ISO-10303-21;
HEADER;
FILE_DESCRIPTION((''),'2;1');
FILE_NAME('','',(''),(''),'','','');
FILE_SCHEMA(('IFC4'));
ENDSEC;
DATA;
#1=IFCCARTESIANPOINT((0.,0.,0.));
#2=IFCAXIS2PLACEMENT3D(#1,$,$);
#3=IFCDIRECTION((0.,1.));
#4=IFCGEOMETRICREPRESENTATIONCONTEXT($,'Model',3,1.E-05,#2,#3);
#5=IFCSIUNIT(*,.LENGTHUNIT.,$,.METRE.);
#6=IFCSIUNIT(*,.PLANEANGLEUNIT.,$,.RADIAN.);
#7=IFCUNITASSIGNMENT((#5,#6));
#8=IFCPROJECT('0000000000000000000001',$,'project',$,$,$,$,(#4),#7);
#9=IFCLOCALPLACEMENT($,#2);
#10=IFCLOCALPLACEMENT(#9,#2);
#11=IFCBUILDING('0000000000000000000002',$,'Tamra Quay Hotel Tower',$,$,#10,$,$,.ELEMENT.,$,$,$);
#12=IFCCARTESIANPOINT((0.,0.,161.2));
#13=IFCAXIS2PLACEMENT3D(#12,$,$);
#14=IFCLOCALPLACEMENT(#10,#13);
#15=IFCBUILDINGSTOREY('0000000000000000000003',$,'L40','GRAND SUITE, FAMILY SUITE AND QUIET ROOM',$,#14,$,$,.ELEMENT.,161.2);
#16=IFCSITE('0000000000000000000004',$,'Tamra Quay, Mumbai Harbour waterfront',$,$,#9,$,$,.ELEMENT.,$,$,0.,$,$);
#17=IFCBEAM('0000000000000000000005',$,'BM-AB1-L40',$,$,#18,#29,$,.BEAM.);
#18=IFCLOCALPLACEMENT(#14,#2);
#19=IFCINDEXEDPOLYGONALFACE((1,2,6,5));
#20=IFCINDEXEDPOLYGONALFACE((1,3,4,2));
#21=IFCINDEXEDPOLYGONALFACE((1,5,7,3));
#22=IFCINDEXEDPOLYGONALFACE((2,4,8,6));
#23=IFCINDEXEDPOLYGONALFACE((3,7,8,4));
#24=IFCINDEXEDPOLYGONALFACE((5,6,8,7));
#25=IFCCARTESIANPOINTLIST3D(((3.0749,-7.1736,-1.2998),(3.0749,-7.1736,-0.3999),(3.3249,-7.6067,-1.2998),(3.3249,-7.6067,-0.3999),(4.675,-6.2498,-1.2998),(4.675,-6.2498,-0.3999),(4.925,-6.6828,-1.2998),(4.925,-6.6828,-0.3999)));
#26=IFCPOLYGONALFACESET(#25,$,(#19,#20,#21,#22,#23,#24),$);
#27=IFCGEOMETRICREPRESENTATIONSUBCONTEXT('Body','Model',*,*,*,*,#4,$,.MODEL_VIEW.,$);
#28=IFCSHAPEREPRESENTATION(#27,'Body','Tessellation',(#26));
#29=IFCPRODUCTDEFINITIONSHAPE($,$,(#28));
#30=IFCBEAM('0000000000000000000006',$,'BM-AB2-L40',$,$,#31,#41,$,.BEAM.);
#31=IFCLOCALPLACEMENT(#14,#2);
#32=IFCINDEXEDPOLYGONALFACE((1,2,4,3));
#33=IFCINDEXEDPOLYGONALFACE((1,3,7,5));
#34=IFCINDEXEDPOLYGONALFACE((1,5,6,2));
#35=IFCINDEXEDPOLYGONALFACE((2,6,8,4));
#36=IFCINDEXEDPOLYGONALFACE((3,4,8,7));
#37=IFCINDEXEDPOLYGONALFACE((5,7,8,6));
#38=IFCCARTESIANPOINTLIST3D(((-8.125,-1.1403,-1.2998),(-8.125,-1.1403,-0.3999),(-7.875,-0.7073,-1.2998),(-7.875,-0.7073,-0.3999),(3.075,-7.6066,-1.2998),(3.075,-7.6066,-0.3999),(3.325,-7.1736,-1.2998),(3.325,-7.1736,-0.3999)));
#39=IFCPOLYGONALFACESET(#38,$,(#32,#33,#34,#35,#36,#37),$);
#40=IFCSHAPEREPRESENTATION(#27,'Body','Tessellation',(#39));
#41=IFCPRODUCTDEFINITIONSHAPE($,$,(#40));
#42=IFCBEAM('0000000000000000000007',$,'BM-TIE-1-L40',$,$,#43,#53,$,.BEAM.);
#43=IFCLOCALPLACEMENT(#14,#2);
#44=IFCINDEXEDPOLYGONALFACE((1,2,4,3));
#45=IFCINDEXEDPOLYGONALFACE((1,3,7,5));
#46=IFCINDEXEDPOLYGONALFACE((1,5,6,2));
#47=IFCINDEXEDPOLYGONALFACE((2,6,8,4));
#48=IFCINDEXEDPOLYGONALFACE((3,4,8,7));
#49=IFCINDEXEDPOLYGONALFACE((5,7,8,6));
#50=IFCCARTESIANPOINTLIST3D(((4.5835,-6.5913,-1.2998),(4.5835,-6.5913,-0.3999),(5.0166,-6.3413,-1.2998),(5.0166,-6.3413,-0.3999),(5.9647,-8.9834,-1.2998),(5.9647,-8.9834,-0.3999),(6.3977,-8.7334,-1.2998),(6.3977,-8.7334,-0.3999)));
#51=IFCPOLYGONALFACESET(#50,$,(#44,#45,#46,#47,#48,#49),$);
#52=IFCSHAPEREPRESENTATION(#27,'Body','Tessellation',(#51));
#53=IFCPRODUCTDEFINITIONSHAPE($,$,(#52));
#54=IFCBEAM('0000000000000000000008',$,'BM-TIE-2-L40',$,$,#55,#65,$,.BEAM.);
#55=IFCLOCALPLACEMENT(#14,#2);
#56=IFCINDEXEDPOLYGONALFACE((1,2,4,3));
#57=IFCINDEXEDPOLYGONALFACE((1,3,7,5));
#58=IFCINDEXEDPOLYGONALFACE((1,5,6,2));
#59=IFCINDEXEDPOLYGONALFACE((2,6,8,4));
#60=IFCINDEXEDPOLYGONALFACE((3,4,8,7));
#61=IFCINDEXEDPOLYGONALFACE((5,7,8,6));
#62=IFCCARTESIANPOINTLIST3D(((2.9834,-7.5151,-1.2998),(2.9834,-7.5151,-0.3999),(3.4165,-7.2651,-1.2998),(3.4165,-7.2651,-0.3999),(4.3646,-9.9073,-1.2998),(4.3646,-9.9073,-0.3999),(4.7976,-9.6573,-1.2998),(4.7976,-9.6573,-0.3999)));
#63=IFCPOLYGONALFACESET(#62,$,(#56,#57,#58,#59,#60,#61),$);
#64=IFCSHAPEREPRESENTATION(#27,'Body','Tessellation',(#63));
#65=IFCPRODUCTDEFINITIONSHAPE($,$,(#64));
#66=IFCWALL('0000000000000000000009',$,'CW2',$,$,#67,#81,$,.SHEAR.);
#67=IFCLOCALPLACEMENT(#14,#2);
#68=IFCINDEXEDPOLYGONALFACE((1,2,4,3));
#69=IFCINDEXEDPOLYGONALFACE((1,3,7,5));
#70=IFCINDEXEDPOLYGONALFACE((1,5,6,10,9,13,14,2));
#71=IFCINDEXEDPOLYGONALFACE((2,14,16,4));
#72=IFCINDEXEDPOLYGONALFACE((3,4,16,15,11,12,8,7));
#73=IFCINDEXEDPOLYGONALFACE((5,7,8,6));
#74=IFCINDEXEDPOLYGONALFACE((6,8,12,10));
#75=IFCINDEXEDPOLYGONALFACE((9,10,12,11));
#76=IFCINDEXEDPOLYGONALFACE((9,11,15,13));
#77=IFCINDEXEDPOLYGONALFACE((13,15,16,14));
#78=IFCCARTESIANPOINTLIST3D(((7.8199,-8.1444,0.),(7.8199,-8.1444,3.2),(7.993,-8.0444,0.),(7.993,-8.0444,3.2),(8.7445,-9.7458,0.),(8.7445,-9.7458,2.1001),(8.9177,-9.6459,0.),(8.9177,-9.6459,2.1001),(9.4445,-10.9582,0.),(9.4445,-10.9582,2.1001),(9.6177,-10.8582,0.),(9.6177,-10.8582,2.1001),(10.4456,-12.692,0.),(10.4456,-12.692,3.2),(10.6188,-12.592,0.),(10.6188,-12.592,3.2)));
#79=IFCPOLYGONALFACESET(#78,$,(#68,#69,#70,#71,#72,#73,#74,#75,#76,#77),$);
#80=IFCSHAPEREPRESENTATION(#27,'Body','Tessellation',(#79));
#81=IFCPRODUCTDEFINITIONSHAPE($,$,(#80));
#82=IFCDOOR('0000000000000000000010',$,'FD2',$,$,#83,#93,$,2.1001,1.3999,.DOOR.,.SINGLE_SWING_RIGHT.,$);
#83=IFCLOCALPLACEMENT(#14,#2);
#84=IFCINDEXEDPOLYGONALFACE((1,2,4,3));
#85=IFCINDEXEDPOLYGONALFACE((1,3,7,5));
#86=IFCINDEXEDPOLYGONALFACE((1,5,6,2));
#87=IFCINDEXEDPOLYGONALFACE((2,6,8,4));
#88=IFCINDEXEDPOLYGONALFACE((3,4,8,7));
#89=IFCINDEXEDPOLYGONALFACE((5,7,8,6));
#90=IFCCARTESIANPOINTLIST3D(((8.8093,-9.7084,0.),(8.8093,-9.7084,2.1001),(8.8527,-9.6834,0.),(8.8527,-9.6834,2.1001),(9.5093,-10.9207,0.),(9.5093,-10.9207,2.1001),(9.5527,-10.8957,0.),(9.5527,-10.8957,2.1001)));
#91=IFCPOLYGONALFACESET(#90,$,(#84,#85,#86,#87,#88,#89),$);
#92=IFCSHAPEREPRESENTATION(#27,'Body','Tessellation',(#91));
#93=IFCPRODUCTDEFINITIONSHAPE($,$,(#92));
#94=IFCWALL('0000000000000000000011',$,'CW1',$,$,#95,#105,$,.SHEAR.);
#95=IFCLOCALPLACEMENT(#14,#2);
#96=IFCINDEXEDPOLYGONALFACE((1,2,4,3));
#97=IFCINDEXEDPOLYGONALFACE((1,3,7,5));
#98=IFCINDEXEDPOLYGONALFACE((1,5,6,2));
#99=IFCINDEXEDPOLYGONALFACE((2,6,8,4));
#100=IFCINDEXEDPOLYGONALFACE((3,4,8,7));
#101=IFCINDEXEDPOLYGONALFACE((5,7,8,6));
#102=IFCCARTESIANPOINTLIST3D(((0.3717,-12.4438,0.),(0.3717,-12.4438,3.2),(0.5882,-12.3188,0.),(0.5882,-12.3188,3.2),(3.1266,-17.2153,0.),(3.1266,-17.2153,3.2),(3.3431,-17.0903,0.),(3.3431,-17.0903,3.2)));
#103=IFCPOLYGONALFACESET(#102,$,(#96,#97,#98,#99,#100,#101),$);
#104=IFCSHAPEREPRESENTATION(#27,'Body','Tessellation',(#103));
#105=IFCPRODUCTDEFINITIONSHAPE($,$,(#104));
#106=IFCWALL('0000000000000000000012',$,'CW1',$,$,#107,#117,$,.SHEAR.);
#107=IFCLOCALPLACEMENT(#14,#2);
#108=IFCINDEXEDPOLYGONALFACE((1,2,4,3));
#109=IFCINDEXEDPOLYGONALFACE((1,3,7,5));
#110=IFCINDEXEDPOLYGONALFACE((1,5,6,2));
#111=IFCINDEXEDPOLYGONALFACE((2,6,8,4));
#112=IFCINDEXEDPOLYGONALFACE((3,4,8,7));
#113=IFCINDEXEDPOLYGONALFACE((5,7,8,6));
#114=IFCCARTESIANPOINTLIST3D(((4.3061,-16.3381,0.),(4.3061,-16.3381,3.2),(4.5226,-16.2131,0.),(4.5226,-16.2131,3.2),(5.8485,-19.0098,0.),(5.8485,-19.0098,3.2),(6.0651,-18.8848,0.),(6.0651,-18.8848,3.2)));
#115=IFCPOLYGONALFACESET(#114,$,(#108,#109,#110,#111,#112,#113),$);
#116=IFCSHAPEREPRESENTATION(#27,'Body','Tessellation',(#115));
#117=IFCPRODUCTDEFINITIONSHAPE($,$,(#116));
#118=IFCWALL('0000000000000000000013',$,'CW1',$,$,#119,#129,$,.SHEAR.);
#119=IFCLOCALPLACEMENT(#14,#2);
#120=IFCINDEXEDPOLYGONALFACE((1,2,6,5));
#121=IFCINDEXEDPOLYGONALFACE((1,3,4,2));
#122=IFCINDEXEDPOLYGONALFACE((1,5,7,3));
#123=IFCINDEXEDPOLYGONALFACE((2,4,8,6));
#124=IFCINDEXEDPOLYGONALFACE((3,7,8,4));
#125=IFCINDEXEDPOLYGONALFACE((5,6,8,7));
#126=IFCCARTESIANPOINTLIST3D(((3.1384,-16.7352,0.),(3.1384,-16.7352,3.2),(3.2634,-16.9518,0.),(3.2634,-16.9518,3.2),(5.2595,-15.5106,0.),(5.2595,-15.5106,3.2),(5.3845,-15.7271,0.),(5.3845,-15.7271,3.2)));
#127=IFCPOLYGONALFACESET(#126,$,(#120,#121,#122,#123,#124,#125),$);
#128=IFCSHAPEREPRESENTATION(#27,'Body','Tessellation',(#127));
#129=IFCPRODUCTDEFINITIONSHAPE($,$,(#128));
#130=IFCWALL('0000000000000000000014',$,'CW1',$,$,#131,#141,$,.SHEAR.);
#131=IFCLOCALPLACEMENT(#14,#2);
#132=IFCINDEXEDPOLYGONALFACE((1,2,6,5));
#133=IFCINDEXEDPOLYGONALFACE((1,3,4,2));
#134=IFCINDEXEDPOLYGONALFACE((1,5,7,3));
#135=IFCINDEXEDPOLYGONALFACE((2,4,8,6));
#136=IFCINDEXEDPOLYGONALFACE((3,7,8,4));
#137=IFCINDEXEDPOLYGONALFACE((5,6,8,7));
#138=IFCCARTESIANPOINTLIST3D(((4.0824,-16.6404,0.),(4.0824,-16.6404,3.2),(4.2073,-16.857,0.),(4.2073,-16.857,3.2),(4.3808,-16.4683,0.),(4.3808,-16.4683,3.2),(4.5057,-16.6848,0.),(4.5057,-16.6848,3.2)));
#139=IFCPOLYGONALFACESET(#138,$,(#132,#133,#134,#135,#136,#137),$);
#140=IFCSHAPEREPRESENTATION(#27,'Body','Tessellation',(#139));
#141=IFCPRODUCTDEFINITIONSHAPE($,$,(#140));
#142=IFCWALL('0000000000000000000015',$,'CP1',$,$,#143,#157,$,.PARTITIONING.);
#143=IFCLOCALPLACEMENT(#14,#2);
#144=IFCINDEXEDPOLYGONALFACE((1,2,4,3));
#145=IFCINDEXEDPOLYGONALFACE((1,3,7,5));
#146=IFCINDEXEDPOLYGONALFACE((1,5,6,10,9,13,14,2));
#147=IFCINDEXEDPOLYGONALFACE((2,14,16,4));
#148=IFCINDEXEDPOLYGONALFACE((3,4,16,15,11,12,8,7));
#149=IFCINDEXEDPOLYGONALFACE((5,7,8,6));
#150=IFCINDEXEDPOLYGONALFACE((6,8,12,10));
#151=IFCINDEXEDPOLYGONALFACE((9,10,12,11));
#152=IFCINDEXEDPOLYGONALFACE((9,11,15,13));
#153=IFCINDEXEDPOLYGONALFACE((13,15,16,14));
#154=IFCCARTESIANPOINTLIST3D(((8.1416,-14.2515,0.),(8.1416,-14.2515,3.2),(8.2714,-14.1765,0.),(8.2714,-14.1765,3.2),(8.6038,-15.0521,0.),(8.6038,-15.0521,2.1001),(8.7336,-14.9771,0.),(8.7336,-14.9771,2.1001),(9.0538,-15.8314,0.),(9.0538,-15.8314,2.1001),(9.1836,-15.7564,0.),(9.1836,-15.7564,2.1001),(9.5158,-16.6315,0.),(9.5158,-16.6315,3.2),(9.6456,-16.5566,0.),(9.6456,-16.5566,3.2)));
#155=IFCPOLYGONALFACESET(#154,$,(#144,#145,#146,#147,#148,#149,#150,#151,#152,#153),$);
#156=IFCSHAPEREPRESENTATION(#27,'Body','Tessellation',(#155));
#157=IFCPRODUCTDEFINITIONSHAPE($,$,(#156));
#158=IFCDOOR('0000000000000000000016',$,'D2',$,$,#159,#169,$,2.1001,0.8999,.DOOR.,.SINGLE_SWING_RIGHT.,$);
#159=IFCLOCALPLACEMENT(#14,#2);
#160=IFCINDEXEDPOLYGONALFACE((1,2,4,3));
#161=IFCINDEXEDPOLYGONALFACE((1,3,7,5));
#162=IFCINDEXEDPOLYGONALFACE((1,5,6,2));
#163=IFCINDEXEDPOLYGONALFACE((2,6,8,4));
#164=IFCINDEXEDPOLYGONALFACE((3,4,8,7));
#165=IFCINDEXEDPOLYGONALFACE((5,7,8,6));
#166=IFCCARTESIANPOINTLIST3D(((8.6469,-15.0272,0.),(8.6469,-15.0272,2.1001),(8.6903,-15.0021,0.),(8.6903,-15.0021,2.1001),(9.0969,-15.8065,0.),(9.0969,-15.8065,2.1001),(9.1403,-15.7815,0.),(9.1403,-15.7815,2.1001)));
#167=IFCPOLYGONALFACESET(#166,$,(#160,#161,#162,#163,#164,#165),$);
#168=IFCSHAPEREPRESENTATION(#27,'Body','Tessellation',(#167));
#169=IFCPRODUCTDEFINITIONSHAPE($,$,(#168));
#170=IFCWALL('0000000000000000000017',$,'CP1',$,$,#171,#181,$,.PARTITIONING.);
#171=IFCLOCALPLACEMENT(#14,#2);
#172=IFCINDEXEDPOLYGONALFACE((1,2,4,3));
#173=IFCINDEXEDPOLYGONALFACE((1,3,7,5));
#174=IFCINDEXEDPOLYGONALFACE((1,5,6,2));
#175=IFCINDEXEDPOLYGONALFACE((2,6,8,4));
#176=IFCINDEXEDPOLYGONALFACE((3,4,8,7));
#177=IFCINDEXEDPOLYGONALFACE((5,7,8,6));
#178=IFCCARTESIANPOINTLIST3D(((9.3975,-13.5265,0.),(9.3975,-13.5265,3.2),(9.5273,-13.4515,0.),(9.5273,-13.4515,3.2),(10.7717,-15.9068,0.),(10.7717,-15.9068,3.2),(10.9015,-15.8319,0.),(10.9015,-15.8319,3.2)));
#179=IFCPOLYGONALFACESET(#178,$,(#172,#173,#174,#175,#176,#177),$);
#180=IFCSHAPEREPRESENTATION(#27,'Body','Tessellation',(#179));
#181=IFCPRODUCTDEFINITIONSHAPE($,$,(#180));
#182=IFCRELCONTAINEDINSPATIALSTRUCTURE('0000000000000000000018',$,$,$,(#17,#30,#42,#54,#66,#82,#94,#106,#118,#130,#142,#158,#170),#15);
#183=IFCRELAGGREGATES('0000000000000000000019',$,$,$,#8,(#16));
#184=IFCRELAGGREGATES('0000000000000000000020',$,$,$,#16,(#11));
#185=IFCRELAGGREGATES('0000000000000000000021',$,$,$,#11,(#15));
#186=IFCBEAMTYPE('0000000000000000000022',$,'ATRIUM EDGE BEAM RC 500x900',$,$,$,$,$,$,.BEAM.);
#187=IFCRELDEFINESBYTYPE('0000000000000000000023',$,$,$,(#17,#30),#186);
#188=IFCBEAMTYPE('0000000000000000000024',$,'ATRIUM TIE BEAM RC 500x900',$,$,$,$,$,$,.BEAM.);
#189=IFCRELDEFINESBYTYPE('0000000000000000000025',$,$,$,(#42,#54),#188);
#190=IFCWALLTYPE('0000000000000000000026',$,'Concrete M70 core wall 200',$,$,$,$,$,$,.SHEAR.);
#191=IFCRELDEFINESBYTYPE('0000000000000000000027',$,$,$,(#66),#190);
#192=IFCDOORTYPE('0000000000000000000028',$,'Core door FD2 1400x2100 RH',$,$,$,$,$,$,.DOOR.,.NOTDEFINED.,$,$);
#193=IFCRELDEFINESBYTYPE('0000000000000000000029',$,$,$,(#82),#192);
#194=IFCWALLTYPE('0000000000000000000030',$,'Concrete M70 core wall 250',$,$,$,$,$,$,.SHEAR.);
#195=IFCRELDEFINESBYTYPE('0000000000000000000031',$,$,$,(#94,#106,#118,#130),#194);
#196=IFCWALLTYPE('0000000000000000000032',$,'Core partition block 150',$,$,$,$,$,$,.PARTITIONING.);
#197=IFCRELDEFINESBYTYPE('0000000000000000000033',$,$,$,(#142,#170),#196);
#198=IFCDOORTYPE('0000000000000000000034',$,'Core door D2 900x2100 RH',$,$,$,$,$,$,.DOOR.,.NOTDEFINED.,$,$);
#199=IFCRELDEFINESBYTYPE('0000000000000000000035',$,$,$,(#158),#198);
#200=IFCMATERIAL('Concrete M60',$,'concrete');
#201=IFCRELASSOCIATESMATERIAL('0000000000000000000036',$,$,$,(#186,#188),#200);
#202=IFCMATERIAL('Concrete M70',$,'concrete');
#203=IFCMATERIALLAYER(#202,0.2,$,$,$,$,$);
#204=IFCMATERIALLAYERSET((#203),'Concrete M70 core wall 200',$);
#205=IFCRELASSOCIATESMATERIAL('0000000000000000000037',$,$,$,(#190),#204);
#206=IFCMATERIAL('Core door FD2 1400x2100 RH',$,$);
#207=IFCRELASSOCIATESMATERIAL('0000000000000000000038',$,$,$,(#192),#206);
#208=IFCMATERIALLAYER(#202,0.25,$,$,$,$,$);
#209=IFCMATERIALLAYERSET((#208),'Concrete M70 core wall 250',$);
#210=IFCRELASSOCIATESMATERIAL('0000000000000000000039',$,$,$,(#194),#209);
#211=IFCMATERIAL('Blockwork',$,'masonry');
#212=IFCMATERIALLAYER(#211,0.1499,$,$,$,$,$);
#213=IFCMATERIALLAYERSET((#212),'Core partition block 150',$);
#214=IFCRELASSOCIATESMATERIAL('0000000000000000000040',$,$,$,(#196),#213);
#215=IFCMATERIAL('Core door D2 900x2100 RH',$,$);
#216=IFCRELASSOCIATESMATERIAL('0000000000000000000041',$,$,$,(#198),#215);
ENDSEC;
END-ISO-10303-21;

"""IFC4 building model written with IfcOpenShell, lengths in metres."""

from ifc_helpers import new_model, si_unit, direction, frame, frame_2d, origin, origin_2d, place, context, subcontext, project, spatial, rectangle, extrude, material, layer, layer_set, material_profile, profile_set, type_object, element, fill, save


model = new_model("IFC4")

# Units and contexts
model_context = context("Model", 3, precision=1e-05, world=origin(), true_north=direction((0.0, 1.0)))
body_context = subcontext(model_context, "Body", "Model", "MODEL_VIEW")
ifc_project = project(units=[si_unit("LENGTHUNIT", "METRE"), si_unit("PLANEANGLEUNIT", "RADIAN")], contexts=[model_context])

# Site, building, storey
site_placement = place(None, origin())
site = spatial("IfcSite", under=ifc_project, at=site_placement, Name="Tamra Quay, Mumbai Harbour waterfront", CompositionType="ELEMENT", RefElevation=0.0)
building_placement = place(site_placement, origin())
building = spatial("IfcBuilding", under=site, at=building_placement, Name="Tamra Quay Hotel Tower", CompositionType="ELEMENT")
storey_placement = place(building_placement, frame((0.0, 0.0, 161.2)))
storey = spatial("IfcBuildingStorey", under=building, at=storey_placement, Name="L40", Description="GRAND SUITE, FAMILY SUITE AND QUIET ROOM", CompositionType="ELEMENT", Elevation=161.2)

# Beams
ifc_material_1 = material(Name="Concrete M60", Category="concrete")
ifc_material_profile_1 = material_profile(ifc_material_1, rectangle(XDim=0.5, YDim=0.8999, at=origin_2d()), Name="ATRIUM EDGE BEAM RC 500x900")
ifc_profile_set_1 = profile_set([ifc_material_profile_1], Name="Concrete M60")
beam_type_1 = type_object("IfcBeamType", Name="ATRIUM EDGE BEAM RC 500x900", PredefinedType="BEAM", material=ifc_profile_set_1)
beam_1_placement = place(storey_placement, frame((4.8, -6.4663, -0.8499), z_axis=(-0.866023, -0.500005, 0.0), x_axis=(0.500005, -0.866023, 0.0)))
element("IfcBeam", 1, at=beam_1_placement, inside=storey, type_object=beam_type_1, Name="BM-AB1-L40", PredefinedType="BEAM", context=body_context, shape_type="SweptSolid", body=[
    extrude(rectangle(XDim=0.5, YDim=0.8999, at=origin_2d()), origin(), (0.0, 0.0, 1.0), 1.8477),
])
beam_2_placement = place(storey_placement, frame((3.2, -7.3901, -0.8499), z_axis=(-0.866025, 0.500001, 0.0), x_axis=(-0.500001, -0.866025, 0.0)))
element("IfcBeam", 2, at=beam_2_placement, inside=storey, type_object=beam_type_1, Name="BM-AB2-L40", PredefinedType="BEAM", context=body_context, shape_type="SweptSolid", body=[
    extrude(rectangle(XDim=0.5, YDim=0.8999, at=origin_2d()), origin(), (0.0, 0.0, 1.0), 12.9326),
])
ifc_material_profile_2 = material_profile(ifc_material_1, rectangle(XDim=0.5, YDim=0.8999, at=origin_2d()), Name="ATRIUM TIE BEAM RC 500x900")
ifc_profile_set_2 = profile_set([ifc_material_profile_2], Name="Concrete M60")
beam_type_2 = type_object("IfcBeamType", Name="ATRIUM TIE BEAM RC 500x900", PredefinedType="BEAM", material=ifc_profile_set_2)
for number, where, z_axis, x_axis, name in (
    (3, (4.8, -6.4663, -0.8499), (0.500008, -0.866021, 0.0), (0.866021, 0.500008, 0.0), "BM-TIE-1-L40"),
    (4, (3.2, -7.3901, -0.8499), (0.500008, -0.866021, 0.0), (0.866021, 0.500008, 0.0), "BM-TIE-2-L40"),
):
    element("IfcBeam", number, at=place(storey_placement, frame(where, z_axis=z_axis, x_axis=x_axis)), inside=storey, type_object=beam_type_2, Name=name, PredefinedType="BEAM", context=body_context, shape_type="SweptSolid", body=[
        extrude(rectangle(XDim=0.5, YDim=0.8999, at=origin_2d()), origin(), (0.0, 0.0, 1.0), 2.7622),
    ])

# Wall, opening, door
ifc_material_2 = material(Name="Concrete M70", Category="concrete")
ifc_layer_1 = layer(ifc_material_2, 0.2)
ifc_layer_set_1 = layer_set([ifc_layer_1], Name="Concrete M70 core wall 200")
wall_type_1 = type_object("IfcWallType", Name="Concrete M70 core wall 200", PredefinedType="SHEAR", material=ifc_layer_set_1)
wall_1_placement = place(storey_placement, frame((7.9065, -8.0945, 0.0), z_axis=(0.0, 0.0, 1.0), x_axis=(0.500024, -0.866011, 0.0)))
wall_1 = element("IfcWall", 5, at=wall_1_placement, inside=storey, type_object=wall_type_1, Name="CW2", PredefinedType="SHEAR", context=body_context, shape_type="SweptSolid", body=[
    extrude(rectangle(XDim=5.2512, YDim=0.2, at=frame_2d((2.6255, 0.0))), origin(), (0.0, 0.0, 1.0), 3.2),
])
opening_1_placement = place(wall_1_placement, frame((1.8491, 0.0, 0.0)))
opening_1 = element("IfcOpeningElement", 6, at=opening_1_placement, cuts=wall_1, PredefinedType="OPENING", context=body_context, shape_type="SweptSolid", body=[
    extrude(rectangle(XDim=1.3999, YDim=2.1001, at=frame_2d((0.7, 1.05))), frame((0.0, 0.1099, 0.0), z_axis=(0.0, -1.0, 0.0), x_axis=(1.0, 0.0, 0.0)), (0.0, 0.0, 1.0), 0.22),
])
ifc_material_3 = material(Name="Core door FD2 1400x2100 RH")
door_type_1 = type_object("IfcDoorType", Name="Core door FD2 1400x2100 RH", OperationType="NOTDEFINED", PredefinedType="DOOR", material=ifc_material_3)
door_1_placement = place(opening_1_placement, origin())
door_1 = element("IfcDoor", 7, at=door_1_placement, inside=storey, type_object=door_type_1, Name="FD2", OperationType="SINGLE_SWING_RIGHT", OverallHeight=2.1001, OverallWidth=1.3999, PredefinedType="DOOR", context=body_context, shape_type="SweptSolid", body=[
    extrude(rectangle(XDim=1.3999, YDim=2.1001, at=frame_2d((0.7, 1.05))), frame((0.0, 0.0249, 0.0), z_axis=(0.0, -1.0, 0.0), x_axis=(1.0, 0.0, 0.0)), (0.0, 0.0, 1.0), 0.05),
])
fill(opening_1, door_1)

# Walls
ifc_layer_2 = layer(ifc_material_2, 0.25)
ifc_layer_set_2 = layer_set([ifc_layer_2], Name="Concrete M70 core wall 250")
wall_type_2 = type_object("IfcWallType", Name="Concrete M70 core wall 250", PredefinedType="SHEAR", material=ifc_layer_set_2)
wall_2_placement = place(storey_placement, frame((3.2349, -17.1528, 0.0), z_axis=(0.0, 0.0, 1.0), x_axis=(-0.500009, 0.86602, 0.0)))
element("IfcWall", 8, at=wall_2_placement, inside=storey, type_object=wall_type_2, Name="CW1", PredefinedType="SHEAR", context=body_context, shape_type="SweptSolid", body=[
    extrude(rectangle(XDim=5.5098, YDim=0.25, at=frame_2d((2.7549, 0.0))), origin(), (0.0, 0.0, 1.0), 3.2),
])
wall_3_placement = place(storey_placement, frame((4.4143, -16.2756, 0.0), z_axis=(0.0, 0.0, 1.0), x_axis=(0.500003, -0.866023, 0.0)))
element("IfcWall", 9, at=wall_3_placement, inside=storey, type_object=wall_type_2, Name="CW1", PredefinedType="SHEAR", context=body_context, shape_type="SweptSolid", body=[
    extrude(rectangle(XDim=3.085, YDim=0.25, at=frame_2d((1.5425, 0.0))), origin(), (0.0, 0.0, 1.0), 3.2),
])
wall_4_placement = place(storey_placement, frame((5.322, -15.6189, 0.0), z_axis=(0.0, 0.0, 1.0), x_axis=(-0.866026, -0.499999, 0.0)))
element("IfcWall", 10, at=wall_4_placement, inside=storey, type_object=wall_type_2, Name="CW1", PredefinedType="SHEAR", context=body_context, shape_type="SweptSolid", body=[
    extrude(rectangle(XDim=2.4492, YDim=0.25, at=frame_2d((1.2246, 0.0))), origin(), (0.0, 0.0, 1.0), 3.2),
])
wall_5_placement = place(storey_placement, frame((4.1448, -16.7488, 0.0), z_axis=(0.0, 0.0, 1.0), x_axis=(0.866186, 0.499722, 0.0)))
element("IfcWall", 11, at=wall_5_placement, inside=storey, type_object=wall_type_2, Name="CW1", PredefinedType="SHEAR", context=body_context, shape_type="SweptSolid", body=[
    extrude(rectangle(XDim=0.3445, YDim=0.25, at=frame_2d((0.1724, 0.0))), origin(), (0.0, 0.0, 1.0), 3.2),
])

# Wall, opening, door
ifc_material_4 = material(Name="Blockwork", Category="masonry")
ifc_layer_3 = layer(ifc_material_4, 0.1499)
ifc_layer_set_3 = layer_set([ifc_layer_3], Name="Core partition block 150")
wall_type_3 = type_object("IfcWallType", Name="Core partition block 150", PredefinedType="PARTITIONING", material=ifc_layer_set_3)
wall_6_placement = place(storey_placement, frame((8.2065, -14.2141, 0.0), z_axis=(0.0, 0.0, 1.0), x_axis=(0.500027, -0.86601, 0.0)))
wall_6 = element("IfcWall", 12, at=wall_6_placement, inside=storey, type_object=wall_type_3, Name="CP1", PredefinedType="PARTITIONING", context=body_context, shape_type="SweptSolid", body=[
    extrude(rectangle(XDim=2.7483, YDim=0.1499, at=frame_2d((1.374, 0.0))), origin(), (0.0, 0.0, 1.0), 3.2),
])
opening_2_placement = place(wall_6_placement, frame((0.9243, 0.0, 0.0)))
opening_2 = element("IfcOpeningElement", 13, at=opening_2_placement, cuts=wall_6, PredefinedType="OPENING", context=body_context, shape_type="SweptSolid", body=[
    extrude(rectangle(XDim=0.8999, YDim=2.1001, at=frame_2d((0.45, 1.05))), frame((0.0, 0.085, 0.0), z_axis=(0.0, -1.0, 0.0), x_axis=(1.0, 0.0, 0.0)), (0.0, 0.0, 1.0), 0.1699),
])
ifc_material_5 = material(Name="Core door D2 900x2100 RH")
door_type_2 = type_object("IfcDoorType", Name="Core door D2 900x2100 RH", OperationType="NOTDEFINED", PredefinedType="DOOR", material=ifc_material_5)
door_2_placement = place(opening_2_placement, origin())
door_2 = element("IfcDoor", 14, at=door_2_placement, inside=storey, type_object=door_type_2, Name="D2", OperationType="SINGLE_SWING_RIGHT", OverallHeight=2.1001, OverallWidth=0.8999, PredefinedType="DOOR", context=body_context, shape_type="SweptSolid", body=[
    extrude(rectangle(XDim=0.8999, YDim=2.1001, at=frame_2d((0.45, 1.05))), frame((0.0, 0.0249, 0.0), z_axis=(0.0, -1.0, 0.0), x_axis=(1.0, 0.0, 0.0)), (0.0, 0.0, 1.0), 0.05),
])
fill(opening_2, door_2)

# Wall
wall_7_placement = place(storey_placement, frame((9.4624, -13.489, 0.0), z_axis=(0.0, 0.0, 1.0), x_axis=(0.499989, -0.866032, 0.0)))
element("IfcWall", 15, at=wall_7_placement, inside=storey, type_object=wall_type_3, Name="CP1", PredefinedType="PARTITIONING", context=body_context, shape_type="SweptSolid", body=[
    extrude(rectangle(XDim=2.7485, YDim=0.1499, at=frame_2d((1.3743, 0.0))), origin(), (0.0, 0.0, 1.0), 3.2),
])

save(model, "model.ifc")
